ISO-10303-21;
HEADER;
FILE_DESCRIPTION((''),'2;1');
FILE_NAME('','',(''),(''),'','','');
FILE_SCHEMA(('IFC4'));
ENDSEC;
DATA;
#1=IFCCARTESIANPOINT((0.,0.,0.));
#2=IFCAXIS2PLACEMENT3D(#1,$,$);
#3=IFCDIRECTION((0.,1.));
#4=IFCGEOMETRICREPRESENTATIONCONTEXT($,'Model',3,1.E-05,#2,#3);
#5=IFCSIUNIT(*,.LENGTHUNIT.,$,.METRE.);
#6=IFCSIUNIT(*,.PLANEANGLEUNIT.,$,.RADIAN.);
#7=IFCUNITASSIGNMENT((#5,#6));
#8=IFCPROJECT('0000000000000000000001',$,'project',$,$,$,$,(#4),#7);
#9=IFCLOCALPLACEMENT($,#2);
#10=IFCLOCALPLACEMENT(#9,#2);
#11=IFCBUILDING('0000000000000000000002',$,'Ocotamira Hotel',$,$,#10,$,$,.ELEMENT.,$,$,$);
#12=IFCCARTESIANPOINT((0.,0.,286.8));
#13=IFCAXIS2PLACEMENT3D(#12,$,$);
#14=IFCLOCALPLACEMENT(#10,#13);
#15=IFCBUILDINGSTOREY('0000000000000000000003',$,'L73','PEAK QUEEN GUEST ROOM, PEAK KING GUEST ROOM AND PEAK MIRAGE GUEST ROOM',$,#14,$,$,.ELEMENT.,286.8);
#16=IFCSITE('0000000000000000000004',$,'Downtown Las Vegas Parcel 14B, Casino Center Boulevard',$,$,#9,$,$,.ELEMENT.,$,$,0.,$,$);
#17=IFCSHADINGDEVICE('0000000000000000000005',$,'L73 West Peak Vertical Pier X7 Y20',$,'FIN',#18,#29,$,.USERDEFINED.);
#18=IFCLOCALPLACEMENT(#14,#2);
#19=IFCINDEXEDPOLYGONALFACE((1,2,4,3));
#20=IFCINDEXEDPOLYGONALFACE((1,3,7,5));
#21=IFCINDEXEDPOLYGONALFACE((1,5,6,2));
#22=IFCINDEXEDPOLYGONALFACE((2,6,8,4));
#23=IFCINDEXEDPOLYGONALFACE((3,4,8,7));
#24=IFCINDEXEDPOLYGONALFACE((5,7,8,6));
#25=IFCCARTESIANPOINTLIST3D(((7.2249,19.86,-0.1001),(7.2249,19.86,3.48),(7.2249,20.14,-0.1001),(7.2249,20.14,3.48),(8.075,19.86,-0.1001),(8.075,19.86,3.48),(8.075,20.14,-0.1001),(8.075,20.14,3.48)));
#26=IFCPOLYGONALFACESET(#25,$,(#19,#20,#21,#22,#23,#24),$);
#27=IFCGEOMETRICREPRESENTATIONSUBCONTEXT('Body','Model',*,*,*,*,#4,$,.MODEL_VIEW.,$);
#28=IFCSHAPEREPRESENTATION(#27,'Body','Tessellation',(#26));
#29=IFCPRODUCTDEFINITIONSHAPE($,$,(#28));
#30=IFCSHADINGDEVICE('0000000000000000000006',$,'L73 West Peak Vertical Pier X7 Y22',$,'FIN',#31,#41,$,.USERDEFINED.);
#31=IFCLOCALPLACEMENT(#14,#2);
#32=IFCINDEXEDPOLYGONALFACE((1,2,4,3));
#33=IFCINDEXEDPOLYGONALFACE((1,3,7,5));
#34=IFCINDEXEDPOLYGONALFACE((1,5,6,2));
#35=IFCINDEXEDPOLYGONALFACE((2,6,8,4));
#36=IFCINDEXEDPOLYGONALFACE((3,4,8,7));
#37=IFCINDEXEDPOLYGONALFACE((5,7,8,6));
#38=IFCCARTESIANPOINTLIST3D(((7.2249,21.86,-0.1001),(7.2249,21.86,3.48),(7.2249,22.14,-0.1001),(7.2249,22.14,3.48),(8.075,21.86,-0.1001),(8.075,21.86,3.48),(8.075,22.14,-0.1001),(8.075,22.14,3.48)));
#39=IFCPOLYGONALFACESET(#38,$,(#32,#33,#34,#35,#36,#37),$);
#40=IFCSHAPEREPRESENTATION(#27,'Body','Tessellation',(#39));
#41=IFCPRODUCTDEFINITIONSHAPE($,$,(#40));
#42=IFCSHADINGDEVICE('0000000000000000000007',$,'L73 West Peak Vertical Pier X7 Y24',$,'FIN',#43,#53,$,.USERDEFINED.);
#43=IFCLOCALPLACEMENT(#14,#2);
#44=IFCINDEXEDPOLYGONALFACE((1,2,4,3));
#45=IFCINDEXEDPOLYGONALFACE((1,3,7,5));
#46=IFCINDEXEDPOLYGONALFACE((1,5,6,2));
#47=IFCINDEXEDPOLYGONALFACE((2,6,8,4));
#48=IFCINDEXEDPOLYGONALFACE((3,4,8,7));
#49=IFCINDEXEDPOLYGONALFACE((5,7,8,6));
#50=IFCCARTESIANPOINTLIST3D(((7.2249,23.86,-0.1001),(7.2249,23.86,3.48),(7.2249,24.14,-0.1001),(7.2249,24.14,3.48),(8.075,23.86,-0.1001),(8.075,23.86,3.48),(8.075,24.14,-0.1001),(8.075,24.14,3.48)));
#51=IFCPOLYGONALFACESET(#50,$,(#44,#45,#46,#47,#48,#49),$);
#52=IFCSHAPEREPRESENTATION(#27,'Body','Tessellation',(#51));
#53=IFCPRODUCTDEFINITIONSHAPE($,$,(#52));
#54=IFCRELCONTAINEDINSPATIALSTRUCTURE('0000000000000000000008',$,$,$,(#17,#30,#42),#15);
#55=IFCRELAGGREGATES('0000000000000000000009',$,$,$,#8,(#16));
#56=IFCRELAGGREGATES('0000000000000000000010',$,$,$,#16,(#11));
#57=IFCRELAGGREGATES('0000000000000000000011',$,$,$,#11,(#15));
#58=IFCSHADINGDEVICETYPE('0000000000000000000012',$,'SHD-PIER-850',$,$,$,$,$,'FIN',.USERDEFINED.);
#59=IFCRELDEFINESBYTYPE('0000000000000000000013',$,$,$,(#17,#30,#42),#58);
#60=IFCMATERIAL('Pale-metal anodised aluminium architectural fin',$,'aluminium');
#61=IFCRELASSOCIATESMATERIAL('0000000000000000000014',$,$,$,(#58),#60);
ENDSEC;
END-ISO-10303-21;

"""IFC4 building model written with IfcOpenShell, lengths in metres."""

from ifc_helpers import new_model, si_unit, direction, frame, origin, origin_2d, place, context, subcontext, project, spatial, rectangle, extrude, source, transform, mapped, material, type_object, element, save


model = new_model("IFC4")

# Units and contexts
model_context = context("Model", 3, precision=1e-05, world=origin(), true_north=direction((0.0, 1.0)))
body_context = subcontext(model_context, "Body", "Model", "MODEL_VIEW")
ifc_project = project(units=[si_unit("LENGTHUNIT", "METRE"), si_unit("PLANEANGLEUNIT", "RADIAN")], contexts=[model_context])

# Site, building, storey
site_placement = place(None, origin())
site = spatial("IfcSite", under=ifc_project, at=site_placement, Name="Downtown Las Vegas Parcel 14B, Casino Center Boulevard", CompositionType="ELEMENT", RefElevation=0.0)
building_placement = place(site_placement, origin())
building = spatial("IfcBuilding", under=site, at=building_placement, Name="Ocotamira Hotel", CompositionType="ELEMENT")
storey_placement = place(building_placement, frame((0.0, 0.0, 286.8)))
storey = spatial("IfcBuildingStorey", under=building, at=storey_placement, Name="L73", Description="PEAK QUEEN GUEST ROOM, PEAK KING GUEST ROOM AND PEAK MIRAGE GUEST ROOM", CompositionType="ELEMENT", Elevation=286.8)

# Shading devices
ifc_material_1 = material(Name="Pale-metal anodised aluminium architectural fin", Category="aluminium")
shading_device_type = type_object("IfcShadingDeviceType", Name="SHD-PIER-850", ElementType="FIN", PredefinedType="USERDEFINED", material=ifc_material_1)
shared_shape_1 = source(origin(), body_context, "Body", "SweptSolid", [
    extrude(rectangle(XDim=0.8501, YDim=0.28, at=origin_2d()), origin(), (0.0, 0.0, 1.0), 3.5801),
])
for number, where, z_axis, x_axis, name in (
    (1, (7.6499, 20.0, -0.1001), (0.0, 0.0, 1.0), (1.0, 0.0, 0.0), "L73 West Peak Vertical Pier X7 Y20"),
    (2, (7.6499, 22.0, -0.1001), (0.0, 0.0, 1.0), (1.0, 0.0, 0.0), "L73 West Peak Vertical Pier X7 Y22"),
    (3, (7.6499, 24.0, -0.1001), (0.0, 0.0, 1.0), (1.0, 0.0, 0.0), "L73 West Peak Vertical Pier X7 Y24"),
):
    element("IfcShadingDevice", number, at=place(storey_placement, frame(where, z_axis=z_axis, x_axis=x_axis)), inside=storey, type_object=shading_device_type, Name=name, ObjectType="FIN", PredefinedType="USERDEFINED", context=body_context, shape_type="MappedRepresentation", body=[
        mapped(shared_shape_1, transform((0.0, 0.0, 0.0), scale=1.0)),
    ])

save(model, "model.ifc")
